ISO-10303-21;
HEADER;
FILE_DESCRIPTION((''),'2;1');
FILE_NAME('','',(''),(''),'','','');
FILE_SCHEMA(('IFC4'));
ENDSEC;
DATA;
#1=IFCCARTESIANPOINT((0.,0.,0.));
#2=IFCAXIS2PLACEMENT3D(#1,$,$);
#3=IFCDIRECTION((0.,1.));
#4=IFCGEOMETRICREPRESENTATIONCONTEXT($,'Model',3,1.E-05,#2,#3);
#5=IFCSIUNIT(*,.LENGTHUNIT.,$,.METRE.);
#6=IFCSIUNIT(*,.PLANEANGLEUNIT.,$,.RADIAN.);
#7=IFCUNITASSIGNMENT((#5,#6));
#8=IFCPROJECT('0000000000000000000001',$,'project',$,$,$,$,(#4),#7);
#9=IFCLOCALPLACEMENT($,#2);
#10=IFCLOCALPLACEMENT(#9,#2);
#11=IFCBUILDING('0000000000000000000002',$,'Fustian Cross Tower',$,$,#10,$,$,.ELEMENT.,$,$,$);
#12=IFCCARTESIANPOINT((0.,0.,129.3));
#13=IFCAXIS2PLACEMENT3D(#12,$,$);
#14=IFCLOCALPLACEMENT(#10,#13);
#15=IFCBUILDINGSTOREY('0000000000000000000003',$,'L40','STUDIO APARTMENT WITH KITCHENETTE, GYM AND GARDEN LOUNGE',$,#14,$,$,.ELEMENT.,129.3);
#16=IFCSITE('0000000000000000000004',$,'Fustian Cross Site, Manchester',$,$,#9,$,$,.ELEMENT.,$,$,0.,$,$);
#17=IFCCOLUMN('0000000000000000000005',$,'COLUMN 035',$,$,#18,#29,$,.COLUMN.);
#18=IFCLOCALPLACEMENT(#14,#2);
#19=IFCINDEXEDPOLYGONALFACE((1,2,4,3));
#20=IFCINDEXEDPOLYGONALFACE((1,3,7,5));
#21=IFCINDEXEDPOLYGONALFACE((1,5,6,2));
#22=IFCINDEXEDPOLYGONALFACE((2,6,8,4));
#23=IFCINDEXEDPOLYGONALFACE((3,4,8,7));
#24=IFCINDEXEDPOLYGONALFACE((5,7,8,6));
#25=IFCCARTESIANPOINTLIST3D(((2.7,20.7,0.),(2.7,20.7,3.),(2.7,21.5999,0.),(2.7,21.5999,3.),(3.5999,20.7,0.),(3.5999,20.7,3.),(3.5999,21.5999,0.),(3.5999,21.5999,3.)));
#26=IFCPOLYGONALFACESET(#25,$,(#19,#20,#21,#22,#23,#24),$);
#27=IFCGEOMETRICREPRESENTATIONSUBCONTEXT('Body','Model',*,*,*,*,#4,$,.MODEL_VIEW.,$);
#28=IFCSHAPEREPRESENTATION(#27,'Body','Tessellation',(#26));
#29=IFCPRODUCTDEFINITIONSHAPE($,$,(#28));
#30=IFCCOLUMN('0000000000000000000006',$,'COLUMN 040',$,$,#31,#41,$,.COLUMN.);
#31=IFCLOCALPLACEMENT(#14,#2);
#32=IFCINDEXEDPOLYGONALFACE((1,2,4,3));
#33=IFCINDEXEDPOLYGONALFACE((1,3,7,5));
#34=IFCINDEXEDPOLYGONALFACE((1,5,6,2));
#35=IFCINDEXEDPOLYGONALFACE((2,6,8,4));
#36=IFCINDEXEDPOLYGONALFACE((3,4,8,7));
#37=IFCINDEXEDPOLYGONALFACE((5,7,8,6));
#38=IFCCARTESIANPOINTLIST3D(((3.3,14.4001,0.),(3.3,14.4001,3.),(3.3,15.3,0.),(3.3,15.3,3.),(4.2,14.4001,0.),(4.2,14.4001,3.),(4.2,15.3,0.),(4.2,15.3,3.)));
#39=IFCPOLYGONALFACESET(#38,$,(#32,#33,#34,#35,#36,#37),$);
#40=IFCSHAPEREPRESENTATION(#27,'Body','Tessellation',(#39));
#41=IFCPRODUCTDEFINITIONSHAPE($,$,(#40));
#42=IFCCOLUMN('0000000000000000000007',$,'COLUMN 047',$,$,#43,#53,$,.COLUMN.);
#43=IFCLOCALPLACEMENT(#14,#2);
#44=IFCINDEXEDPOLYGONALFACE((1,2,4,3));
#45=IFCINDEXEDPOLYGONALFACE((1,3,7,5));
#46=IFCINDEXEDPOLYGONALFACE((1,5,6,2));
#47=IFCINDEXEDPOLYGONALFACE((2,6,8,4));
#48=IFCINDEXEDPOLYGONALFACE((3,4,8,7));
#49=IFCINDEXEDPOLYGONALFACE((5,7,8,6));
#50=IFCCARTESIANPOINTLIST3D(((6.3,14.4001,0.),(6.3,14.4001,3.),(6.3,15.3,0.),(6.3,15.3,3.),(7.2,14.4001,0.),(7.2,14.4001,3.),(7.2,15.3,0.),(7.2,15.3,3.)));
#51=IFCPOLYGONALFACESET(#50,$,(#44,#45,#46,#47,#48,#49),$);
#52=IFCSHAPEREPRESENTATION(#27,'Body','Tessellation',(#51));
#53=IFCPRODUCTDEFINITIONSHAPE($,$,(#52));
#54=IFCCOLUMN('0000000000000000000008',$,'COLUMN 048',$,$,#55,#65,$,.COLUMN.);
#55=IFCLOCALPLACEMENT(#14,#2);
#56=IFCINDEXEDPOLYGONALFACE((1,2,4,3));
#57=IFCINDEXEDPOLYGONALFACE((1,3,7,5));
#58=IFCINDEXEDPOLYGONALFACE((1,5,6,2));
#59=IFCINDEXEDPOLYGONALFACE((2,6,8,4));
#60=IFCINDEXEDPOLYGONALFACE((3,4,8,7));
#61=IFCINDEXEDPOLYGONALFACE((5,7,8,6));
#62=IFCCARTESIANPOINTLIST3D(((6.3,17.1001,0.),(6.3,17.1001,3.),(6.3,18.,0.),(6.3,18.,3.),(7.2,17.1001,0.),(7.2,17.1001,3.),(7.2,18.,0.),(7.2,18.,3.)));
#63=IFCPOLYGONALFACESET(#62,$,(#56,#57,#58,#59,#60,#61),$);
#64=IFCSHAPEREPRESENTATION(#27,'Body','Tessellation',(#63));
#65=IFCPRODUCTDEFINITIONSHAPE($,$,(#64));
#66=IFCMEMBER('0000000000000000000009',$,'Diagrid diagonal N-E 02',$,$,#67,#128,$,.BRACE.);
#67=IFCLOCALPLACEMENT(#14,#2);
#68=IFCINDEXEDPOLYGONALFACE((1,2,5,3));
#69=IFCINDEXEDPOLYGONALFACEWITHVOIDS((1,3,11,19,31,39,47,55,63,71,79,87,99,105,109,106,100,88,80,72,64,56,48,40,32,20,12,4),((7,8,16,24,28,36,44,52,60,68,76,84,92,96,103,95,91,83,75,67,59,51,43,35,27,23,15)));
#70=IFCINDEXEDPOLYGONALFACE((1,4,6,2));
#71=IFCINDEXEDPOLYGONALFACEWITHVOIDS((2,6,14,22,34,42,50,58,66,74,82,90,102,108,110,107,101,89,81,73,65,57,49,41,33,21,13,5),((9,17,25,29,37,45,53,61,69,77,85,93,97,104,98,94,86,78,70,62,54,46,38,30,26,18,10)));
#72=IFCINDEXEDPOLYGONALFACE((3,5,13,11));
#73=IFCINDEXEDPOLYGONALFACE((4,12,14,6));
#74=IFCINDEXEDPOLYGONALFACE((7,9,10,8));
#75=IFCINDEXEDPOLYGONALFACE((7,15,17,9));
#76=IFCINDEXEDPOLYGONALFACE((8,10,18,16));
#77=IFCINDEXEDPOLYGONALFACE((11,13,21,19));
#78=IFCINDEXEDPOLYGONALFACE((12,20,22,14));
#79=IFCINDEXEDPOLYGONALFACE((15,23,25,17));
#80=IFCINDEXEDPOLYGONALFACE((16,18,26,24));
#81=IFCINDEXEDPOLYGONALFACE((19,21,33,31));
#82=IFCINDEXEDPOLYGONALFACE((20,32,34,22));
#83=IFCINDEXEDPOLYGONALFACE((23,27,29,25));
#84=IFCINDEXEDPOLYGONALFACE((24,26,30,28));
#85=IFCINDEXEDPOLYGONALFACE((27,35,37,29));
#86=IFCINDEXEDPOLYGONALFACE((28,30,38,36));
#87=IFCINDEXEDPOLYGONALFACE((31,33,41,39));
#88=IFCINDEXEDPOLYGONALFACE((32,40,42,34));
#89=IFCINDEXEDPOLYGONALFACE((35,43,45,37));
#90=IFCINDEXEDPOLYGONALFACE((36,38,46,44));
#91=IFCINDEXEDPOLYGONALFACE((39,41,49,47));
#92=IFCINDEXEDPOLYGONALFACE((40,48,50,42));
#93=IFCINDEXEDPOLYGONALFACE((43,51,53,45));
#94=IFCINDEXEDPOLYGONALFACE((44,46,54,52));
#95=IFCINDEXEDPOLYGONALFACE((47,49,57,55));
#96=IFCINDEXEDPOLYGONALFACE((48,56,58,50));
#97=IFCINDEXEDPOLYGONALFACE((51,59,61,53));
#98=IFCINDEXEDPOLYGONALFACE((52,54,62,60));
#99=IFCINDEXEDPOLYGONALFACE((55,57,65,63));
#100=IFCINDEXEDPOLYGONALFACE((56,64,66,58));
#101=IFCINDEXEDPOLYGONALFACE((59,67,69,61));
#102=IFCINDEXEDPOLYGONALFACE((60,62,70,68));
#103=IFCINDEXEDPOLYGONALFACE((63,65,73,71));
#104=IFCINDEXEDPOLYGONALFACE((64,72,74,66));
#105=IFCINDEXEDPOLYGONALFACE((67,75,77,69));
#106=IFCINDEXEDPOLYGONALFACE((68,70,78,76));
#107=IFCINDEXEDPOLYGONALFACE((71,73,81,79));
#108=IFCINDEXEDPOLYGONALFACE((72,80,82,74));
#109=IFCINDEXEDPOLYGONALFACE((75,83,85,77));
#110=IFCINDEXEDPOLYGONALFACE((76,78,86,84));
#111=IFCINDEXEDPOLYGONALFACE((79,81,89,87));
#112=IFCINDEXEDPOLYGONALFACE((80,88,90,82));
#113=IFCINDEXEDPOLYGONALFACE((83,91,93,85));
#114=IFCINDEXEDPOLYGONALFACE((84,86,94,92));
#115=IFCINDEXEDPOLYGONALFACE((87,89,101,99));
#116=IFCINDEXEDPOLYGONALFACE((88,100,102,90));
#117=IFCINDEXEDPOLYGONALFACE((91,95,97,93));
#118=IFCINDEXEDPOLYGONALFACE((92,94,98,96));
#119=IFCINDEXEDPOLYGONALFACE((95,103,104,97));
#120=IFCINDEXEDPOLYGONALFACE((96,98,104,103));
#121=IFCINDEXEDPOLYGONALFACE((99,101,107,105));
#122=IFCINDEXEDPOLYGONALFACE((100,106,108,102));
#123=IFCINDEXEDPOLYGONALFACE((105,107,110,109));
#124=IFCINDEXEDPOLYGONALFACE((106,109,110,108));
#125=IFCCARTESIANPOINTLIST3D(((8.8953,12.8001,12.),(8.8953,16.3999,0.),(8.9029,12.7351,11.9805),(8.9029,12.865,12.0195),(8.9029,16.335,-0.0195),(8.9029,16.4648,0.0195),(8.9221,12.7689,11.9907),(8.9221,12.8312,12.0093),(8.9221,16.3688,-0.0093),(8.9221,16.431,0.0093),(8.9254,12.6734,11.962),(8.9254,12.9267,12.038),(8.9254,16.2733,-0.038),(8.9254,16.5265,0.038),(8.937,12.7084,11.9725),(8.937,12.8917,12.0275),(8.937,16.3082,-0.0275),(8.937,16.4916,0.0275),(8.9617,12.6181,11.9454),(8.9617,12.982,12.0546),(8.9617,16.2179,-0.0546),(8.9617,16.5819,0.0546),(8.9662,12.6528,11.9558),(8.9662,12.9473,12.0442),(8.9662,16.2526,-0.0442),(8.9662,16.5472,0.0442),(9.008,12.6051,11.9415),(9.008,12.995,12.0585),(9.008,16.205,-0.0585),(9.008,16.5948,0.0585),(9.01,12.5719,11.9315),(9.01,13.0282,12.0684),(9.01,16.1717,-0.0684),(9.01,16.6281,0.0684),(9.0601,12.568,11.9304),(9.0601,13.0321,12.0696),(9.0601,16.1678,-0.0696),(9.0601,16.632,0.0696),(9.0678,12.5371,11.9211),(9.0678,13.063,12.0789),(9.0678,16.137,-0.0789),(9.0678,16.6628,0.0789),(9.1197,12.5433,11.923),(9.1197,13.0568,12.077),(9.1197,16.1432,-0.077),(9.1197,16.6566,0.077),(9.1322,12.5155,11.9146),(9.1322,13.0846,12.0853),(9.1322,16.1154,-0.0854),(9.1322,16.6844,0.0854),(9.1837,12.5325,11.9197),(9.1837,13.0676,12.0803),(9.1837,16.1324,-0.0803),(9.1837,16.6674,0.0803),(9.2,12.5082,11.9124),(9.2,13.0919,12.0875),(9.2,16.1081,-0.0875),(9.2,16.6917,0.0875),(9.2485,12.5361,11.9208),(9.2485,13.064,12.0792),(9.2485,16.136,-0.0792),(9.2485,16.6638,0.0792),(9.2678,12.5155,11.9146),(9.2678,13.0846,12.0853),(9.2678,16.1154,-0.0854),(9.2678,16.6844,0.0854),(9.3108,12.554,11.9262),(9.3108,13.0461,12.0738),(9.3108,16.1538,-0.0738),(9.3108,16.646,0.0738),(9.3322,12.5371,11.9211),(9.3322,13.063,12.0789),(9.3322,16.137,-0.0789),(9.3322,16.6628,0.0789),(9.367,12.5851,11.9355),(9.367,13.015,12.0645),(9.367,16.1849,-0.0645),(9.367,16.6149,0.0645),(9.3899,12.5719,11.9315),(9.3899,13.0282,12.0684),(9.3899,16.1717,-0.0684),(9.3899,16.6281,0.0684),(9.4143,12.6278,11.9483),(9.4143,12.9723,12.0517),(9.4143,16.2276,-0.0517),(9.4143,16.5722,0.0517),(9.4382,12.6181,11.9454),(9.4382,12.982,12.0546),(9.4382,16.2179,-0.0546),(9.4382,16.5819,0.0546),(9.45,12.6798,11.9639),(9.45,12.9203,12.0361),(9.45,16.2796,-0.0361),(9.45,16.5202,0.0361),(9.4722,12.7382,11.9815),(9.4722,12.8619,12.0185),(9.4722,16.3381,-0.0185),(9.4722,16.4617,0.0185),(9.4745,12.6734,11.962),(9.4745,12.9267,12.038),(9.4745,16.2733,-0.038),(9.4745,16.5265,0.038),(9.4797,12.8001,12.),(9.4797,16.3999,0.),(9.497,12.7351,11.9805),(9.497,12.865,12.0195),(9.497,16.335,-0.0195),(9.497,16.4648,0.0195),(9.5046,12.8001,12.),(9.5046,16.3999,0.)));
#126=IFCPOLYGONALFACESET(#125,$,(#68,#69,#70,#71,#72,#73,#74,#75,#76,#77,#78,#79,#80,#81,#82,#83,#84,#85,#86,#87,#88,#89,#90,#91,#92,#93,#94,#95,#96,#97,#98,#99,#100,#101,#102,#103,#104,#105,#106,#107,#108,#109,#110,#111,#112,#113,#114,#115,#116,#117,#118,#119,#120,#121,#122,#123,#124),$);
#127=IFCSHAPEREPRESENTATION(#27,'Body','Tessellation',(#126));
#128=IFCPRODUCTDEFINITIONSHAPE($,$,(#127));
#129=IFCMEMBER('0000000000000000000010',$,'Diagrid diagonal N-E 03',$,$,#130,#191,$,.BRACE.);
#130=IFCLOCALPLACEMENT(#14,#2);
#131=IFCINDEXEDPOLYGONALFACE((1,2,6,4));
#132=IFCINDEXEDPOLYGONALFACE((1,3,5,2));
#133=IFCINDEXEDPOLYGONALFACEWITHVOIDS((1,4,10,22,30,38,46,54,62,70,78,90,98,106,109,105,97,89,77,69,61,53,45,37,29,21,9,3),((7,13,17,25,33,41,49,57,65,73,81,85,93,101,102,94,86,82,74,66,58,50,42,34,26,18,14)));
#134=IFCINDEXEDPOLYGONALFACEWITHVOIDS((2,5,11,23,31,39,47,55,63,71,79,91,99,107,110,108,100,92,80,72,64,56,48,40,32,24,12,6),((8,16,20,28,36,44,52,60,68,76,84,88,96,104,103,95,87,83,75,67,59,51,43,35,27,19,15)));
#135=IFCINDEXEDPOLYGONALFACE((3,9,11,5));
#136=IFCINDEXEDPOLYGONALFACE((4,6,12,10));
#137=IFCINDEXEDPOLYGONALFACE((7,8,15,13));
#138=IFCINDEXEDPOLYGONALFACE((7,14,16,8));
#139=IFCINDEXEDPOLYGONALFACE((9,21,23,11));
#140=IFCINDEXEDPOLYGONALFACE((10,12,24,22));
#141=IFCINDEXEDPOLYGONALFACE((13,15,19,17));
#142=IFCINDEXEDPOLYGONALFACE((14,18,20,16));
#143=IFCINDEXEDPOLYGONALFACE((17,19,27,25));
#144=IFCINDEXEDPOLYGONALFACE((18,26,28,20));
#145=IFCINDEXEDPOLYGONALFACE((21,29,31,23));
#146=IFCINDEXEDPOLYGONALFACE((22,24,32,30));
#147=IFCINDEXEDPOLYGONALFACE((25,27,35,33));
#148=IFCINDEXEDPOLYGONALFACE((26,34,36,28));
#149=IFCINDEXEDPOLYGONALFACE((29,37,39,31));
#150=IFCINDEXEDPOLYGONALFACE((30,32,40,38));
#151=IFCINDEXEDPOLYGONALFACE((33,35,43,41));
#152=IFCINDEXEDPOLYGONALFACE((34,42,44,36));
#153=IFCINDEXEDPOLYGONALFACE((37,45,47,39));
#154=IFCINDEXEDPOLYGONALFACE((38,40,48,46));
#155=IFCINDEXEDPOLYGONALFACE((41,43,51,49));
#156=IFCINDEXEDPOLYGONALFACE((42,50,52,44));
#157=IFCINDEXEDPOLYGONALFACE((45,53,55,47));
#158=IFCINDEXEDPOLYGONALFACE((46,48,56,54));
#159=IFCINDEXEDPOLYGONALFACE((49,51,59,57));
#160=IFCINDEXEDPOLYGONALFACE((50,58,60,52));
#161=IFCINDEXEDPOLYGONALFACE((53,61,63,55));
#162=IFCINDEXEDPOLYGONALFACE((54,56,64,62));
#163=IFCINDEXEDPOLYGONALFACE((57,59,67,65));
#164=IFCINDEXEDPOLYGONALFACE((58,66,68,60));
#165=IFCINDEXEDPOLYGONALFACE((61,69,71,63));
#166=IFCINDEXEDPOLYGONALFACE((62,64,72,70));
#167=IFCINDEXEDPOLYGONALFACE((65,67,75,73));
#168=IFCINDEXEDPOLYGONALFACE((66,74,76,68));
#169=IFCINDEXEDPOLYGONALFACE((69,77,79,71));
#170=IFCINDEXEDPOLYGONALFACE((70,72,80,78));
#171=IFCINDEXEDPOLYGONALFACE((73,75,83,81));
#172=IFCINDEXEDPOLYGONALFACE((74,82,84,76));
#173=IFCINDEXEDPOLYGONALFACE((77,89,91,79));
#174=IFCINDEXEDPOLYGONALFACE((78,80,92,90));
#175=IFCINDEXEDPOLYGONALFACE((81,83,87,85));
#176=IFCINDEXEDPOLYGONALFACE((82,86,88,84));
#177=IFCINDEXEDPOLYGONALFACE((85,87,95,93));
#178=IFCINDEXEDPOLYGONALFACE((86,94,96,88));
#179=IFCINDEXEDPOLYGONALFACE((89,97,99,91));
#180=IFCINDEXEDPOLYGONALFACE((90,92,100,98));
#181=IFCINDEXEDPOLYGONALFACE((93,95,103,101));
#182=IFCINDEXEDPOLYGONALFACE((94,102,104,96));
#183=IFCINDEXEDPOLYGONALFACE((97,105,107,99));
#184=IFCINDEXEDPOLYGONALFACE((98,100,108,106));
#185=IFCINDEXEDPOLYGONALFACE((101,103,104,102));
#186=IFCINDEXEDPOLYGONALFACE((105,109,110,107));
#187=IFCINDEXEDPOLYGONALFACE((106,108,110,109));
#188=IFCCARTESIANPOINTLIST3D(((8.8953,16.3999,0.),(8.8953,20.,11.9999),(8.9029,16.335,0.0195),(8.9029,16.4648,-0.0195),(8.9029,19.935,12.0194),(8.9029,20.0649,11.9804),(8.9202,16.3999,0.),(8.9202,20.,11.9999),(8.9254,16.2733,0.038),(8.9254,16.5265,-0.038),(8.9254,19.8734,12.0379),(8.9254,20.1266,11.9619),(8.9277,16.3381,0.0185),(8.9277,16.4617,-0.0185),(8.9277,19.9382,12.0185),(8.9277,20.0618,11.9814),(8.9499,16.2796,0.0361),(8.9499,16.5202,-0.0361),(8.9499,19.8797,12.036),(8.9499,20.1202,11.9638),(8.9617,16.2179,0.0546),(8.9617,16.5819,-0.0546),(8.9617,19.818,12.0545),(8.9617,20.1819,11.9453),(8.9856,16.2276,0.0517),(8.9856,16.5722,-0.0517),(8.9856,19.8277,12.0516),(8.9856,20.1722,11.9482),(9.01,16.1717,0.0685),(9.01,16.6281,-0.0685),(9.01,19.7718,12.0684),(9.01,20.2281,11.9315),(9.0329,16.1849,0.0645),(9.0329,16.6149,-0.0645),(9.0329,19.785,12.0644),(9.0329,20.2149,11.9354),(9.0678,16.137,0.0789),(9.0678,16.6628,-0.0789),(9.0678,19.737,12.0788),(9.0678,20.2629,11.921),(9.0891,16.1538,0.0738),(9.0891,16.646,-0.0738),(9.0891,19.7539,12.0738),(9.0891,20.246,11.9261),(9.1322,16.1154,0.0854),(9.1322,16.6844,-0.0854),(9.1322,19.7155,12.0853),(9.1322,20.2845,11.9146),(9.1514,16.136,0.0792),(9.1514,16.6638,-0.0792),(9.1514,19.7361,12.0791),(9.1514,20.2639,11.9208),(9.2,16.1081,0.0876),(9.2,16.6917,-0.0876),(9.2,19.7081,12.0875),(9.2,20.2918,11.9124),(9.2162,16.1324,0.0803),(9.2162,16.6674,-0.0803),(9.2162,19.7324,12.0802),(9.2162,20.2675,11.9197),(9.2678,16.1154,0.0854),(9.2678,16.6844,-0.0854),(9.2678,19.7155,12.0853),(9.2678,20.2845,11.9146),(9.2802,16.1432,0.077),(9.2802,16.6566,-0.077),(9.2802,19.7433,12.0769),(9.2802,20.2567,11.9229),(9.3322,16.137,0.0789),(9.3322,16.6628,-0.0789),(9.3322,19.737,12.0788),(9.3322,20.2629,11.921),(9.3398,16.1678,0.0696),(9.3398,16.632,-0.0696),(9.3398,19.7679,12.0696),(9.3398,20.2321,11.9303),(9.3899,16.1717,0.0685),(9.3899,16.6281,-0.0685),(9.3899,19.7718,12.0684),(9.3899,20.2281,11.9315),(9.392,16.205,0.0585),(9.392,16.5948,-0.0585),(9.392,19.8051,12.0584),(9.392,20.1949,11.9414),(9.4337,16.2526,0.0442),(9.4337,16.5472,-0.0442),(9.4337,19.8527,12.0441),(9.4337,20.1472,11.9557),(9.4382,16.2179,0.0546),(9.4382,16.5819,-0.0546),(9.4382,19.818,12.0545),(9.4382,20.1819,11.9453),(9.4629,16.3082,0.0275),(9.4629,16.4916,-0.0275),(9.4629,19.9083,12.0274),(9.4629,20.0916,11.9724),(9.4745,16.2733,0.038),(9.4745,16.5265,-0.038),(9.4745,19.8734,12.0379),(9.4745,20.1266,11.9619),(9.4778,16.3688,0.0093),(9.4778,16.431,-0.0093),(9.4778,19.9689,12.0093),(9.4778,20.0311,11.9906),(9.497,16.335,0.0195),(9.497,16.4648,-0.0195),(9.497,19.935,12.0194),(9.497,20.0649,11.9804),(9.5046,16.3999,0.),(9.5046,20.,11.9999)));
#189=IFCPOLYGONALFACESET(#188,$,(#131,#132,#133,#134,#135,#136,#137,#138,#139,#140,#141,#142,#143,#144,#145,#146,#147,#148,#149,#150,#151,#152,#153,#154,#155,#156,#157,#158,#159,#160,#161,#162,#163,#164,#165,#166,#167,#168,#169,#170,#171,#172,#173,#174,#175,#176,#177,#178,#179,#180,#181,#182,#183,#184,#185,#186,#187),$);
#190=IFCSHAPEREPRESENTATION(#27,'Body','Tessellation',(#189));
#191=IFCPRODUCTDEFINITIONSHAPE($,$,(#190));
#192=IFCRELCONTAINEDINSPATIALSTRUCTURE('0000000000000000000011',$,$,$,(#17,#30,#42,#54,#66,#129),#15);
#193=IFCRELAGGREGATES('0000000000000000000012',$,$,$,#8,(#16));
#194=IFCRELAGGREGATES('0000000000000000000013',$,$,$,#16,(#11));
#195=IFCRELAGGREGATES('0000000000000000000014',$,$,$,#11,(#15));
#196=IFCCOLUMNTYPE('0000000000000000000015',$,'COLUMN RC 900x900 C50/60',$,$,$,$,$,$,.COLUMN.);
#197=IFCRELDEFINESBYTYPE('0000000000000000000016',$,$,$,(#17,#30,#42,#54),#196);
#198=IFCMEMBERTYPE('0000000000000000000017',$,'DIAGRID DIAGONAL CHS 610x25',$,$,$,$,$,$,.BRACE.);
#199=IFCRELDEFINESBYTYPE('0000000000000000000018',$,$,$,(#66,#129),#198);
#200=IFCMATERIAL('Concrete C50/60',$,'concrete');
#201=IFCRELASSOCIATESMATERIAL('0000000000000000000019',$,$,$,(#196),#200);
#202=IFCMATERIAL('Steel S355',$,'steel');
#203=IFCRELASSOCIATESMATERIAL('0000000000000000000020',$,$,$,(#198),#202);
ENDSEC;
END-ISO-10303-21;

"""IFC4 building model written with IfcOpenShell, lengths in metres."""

from ifc_helpers import new_model, si_unit, direction, frame, origin, origin_2d, place, context, subcontext, project, spatial, rectangle, hollow_circle, extrude, material, material_profile, profile_set, type_object, element, save


model = new_model("IFC4")

# Units and contexts
model_context = context("Model", 3, precision=1e-05, world=origin(), true_north=direction((0.0, 1.0)))
body_context = subcontext(model_context, "Body", "Model", "MODEL_VIEW")
ifc_project = project(units=[si_unit("LENGTHUNIT", "METRE"), si_unit("PLANEANGLEUNIT", "RADIAN")], contexts=[model_context])

# Site, building, storey
site_placement = place(None, origin())
site = spatial("IfcSite", under=ifc_project, at=site_placement, Name="Fustian Cross Site, Manchester", CompositionType="ELEMENT", RefElevation=0.0)
building_placement = place(site_placement, origin())
building = spatial("IfcBuilding", under=site, at=building_placement, Name="Fustian Cross Tower", CompositionType="ELEMENT")
storey_placement = place(building_placement, frame((0.0, 0.0, 129.3)))
storey = spatial("IfcBuildingStorey", under=building, at=storey_placement, Name="L40", Description="STUDIO APARTMENT WITH KITCHENETTE, GYM AND GARDEN LOUNGE", CompositionType="ELEMENT", Elevation=129.3)

# Columns
ifc_material_1 = material(Name="Concrete C50/60", Category="concrete")
ifc_material_profile_1 = material_profile(ifc_material_1, rectangle(XDim=0.8999, YDim=0.8999, at=origin_2d()), Name="RC 900x900")
ifc_profile_set_1 = profile_set([ifc_material_profile_1], Name="Concrete C50/60")
column_type = type_object("IfcColumnType", Name="COLUMN RC 900x900 C50/60", PredefinedType="COLUMN", material=ifc_profile_set_1)
for number, where, z_axis, x_axis, name in (
    (1, (3.1499, 21.1499, 0.0), (0.0, 0.0, 1.0), (1.0, 0.0, 0.0), "COLUMN 035"),
    (2, (3.75, 14.8501, 0.0), (0.0, 0.0, 1.0), (1.0, 0.0, 0.0), "COLUMN 040"),
    (3, (6.75, 14.8501, 0.0), (0.0, 0.0, 1.0), (1.0, 0.0, 0.0), "COLUMN 047"),
    (4, (6.75, 17.55, 0.0), (0.0, 0.0, 1.0), (1.0, 0.0, 0.0), "COLUMN 048"),
):
    element("IfcColumn", number, at=place(storey_placement, frame(where, z_axis=z_axis, x_axis=x_axis)), inside=storey, type_object=column_type, Name=name, PredefinedType="COLUMN", context=body_context, shape_type="SweptSolid", body=[
        extrude(rectangle(XDim=0.8999, YDim=0.8999, at=origin_2d()), origin(), (0.0, 0.0, 1.0), 3.0),
    ])

# Members
ifc_material_2 = material(Name="Steel S355", Category="steel")
ifc_material_profile_2 = material_profile(ifc_material_2, hollow_circle(Radius=0.3047, WallThickness=0.0249, at=origin_2d()), Name="CHS 610x25")
ifc_profile_set_2 = profile_set([ifc_material_profile_2], Name="Steel S355")
member_type_1 = type_object("IfcMemberType", Name="DIAGRID DIAGONAL CHS 610x25", PredefinedType="BRACE", material=ifc_profile_set_2)
for number, where, z_axis, x_axis, name in (
    (5, (9.2, 16.3999, 0.0), (0.0, -0.287337, 0.95783), (1.0, 0.0, 0.0), "Diagrid diagonal N-E 02"),
    (6, (9.2, 16.3999, 0.0), (0.0, 0.287355, 0.957824), (-1.0, 0.0, 0.0), "Diagrid diagonal N-E 03"),
):
    element("IfcMember", number, at=place(storey_placement, frame(where, z_axis=z_axis, x_axis=x_axis)), inside=storey, type_object=member_type_1, Name=name, PredefinedType="BRACE", context=body_context, shape_type="SweptSolid", body=[
        extrude(hollow_circle(Radius=0.3047, WallThickness=0.0249, at=origin_2d()), origin(), (0.0, 0.0, 1.0), 12.5283),
    ])

save(model, "model.ifc")
